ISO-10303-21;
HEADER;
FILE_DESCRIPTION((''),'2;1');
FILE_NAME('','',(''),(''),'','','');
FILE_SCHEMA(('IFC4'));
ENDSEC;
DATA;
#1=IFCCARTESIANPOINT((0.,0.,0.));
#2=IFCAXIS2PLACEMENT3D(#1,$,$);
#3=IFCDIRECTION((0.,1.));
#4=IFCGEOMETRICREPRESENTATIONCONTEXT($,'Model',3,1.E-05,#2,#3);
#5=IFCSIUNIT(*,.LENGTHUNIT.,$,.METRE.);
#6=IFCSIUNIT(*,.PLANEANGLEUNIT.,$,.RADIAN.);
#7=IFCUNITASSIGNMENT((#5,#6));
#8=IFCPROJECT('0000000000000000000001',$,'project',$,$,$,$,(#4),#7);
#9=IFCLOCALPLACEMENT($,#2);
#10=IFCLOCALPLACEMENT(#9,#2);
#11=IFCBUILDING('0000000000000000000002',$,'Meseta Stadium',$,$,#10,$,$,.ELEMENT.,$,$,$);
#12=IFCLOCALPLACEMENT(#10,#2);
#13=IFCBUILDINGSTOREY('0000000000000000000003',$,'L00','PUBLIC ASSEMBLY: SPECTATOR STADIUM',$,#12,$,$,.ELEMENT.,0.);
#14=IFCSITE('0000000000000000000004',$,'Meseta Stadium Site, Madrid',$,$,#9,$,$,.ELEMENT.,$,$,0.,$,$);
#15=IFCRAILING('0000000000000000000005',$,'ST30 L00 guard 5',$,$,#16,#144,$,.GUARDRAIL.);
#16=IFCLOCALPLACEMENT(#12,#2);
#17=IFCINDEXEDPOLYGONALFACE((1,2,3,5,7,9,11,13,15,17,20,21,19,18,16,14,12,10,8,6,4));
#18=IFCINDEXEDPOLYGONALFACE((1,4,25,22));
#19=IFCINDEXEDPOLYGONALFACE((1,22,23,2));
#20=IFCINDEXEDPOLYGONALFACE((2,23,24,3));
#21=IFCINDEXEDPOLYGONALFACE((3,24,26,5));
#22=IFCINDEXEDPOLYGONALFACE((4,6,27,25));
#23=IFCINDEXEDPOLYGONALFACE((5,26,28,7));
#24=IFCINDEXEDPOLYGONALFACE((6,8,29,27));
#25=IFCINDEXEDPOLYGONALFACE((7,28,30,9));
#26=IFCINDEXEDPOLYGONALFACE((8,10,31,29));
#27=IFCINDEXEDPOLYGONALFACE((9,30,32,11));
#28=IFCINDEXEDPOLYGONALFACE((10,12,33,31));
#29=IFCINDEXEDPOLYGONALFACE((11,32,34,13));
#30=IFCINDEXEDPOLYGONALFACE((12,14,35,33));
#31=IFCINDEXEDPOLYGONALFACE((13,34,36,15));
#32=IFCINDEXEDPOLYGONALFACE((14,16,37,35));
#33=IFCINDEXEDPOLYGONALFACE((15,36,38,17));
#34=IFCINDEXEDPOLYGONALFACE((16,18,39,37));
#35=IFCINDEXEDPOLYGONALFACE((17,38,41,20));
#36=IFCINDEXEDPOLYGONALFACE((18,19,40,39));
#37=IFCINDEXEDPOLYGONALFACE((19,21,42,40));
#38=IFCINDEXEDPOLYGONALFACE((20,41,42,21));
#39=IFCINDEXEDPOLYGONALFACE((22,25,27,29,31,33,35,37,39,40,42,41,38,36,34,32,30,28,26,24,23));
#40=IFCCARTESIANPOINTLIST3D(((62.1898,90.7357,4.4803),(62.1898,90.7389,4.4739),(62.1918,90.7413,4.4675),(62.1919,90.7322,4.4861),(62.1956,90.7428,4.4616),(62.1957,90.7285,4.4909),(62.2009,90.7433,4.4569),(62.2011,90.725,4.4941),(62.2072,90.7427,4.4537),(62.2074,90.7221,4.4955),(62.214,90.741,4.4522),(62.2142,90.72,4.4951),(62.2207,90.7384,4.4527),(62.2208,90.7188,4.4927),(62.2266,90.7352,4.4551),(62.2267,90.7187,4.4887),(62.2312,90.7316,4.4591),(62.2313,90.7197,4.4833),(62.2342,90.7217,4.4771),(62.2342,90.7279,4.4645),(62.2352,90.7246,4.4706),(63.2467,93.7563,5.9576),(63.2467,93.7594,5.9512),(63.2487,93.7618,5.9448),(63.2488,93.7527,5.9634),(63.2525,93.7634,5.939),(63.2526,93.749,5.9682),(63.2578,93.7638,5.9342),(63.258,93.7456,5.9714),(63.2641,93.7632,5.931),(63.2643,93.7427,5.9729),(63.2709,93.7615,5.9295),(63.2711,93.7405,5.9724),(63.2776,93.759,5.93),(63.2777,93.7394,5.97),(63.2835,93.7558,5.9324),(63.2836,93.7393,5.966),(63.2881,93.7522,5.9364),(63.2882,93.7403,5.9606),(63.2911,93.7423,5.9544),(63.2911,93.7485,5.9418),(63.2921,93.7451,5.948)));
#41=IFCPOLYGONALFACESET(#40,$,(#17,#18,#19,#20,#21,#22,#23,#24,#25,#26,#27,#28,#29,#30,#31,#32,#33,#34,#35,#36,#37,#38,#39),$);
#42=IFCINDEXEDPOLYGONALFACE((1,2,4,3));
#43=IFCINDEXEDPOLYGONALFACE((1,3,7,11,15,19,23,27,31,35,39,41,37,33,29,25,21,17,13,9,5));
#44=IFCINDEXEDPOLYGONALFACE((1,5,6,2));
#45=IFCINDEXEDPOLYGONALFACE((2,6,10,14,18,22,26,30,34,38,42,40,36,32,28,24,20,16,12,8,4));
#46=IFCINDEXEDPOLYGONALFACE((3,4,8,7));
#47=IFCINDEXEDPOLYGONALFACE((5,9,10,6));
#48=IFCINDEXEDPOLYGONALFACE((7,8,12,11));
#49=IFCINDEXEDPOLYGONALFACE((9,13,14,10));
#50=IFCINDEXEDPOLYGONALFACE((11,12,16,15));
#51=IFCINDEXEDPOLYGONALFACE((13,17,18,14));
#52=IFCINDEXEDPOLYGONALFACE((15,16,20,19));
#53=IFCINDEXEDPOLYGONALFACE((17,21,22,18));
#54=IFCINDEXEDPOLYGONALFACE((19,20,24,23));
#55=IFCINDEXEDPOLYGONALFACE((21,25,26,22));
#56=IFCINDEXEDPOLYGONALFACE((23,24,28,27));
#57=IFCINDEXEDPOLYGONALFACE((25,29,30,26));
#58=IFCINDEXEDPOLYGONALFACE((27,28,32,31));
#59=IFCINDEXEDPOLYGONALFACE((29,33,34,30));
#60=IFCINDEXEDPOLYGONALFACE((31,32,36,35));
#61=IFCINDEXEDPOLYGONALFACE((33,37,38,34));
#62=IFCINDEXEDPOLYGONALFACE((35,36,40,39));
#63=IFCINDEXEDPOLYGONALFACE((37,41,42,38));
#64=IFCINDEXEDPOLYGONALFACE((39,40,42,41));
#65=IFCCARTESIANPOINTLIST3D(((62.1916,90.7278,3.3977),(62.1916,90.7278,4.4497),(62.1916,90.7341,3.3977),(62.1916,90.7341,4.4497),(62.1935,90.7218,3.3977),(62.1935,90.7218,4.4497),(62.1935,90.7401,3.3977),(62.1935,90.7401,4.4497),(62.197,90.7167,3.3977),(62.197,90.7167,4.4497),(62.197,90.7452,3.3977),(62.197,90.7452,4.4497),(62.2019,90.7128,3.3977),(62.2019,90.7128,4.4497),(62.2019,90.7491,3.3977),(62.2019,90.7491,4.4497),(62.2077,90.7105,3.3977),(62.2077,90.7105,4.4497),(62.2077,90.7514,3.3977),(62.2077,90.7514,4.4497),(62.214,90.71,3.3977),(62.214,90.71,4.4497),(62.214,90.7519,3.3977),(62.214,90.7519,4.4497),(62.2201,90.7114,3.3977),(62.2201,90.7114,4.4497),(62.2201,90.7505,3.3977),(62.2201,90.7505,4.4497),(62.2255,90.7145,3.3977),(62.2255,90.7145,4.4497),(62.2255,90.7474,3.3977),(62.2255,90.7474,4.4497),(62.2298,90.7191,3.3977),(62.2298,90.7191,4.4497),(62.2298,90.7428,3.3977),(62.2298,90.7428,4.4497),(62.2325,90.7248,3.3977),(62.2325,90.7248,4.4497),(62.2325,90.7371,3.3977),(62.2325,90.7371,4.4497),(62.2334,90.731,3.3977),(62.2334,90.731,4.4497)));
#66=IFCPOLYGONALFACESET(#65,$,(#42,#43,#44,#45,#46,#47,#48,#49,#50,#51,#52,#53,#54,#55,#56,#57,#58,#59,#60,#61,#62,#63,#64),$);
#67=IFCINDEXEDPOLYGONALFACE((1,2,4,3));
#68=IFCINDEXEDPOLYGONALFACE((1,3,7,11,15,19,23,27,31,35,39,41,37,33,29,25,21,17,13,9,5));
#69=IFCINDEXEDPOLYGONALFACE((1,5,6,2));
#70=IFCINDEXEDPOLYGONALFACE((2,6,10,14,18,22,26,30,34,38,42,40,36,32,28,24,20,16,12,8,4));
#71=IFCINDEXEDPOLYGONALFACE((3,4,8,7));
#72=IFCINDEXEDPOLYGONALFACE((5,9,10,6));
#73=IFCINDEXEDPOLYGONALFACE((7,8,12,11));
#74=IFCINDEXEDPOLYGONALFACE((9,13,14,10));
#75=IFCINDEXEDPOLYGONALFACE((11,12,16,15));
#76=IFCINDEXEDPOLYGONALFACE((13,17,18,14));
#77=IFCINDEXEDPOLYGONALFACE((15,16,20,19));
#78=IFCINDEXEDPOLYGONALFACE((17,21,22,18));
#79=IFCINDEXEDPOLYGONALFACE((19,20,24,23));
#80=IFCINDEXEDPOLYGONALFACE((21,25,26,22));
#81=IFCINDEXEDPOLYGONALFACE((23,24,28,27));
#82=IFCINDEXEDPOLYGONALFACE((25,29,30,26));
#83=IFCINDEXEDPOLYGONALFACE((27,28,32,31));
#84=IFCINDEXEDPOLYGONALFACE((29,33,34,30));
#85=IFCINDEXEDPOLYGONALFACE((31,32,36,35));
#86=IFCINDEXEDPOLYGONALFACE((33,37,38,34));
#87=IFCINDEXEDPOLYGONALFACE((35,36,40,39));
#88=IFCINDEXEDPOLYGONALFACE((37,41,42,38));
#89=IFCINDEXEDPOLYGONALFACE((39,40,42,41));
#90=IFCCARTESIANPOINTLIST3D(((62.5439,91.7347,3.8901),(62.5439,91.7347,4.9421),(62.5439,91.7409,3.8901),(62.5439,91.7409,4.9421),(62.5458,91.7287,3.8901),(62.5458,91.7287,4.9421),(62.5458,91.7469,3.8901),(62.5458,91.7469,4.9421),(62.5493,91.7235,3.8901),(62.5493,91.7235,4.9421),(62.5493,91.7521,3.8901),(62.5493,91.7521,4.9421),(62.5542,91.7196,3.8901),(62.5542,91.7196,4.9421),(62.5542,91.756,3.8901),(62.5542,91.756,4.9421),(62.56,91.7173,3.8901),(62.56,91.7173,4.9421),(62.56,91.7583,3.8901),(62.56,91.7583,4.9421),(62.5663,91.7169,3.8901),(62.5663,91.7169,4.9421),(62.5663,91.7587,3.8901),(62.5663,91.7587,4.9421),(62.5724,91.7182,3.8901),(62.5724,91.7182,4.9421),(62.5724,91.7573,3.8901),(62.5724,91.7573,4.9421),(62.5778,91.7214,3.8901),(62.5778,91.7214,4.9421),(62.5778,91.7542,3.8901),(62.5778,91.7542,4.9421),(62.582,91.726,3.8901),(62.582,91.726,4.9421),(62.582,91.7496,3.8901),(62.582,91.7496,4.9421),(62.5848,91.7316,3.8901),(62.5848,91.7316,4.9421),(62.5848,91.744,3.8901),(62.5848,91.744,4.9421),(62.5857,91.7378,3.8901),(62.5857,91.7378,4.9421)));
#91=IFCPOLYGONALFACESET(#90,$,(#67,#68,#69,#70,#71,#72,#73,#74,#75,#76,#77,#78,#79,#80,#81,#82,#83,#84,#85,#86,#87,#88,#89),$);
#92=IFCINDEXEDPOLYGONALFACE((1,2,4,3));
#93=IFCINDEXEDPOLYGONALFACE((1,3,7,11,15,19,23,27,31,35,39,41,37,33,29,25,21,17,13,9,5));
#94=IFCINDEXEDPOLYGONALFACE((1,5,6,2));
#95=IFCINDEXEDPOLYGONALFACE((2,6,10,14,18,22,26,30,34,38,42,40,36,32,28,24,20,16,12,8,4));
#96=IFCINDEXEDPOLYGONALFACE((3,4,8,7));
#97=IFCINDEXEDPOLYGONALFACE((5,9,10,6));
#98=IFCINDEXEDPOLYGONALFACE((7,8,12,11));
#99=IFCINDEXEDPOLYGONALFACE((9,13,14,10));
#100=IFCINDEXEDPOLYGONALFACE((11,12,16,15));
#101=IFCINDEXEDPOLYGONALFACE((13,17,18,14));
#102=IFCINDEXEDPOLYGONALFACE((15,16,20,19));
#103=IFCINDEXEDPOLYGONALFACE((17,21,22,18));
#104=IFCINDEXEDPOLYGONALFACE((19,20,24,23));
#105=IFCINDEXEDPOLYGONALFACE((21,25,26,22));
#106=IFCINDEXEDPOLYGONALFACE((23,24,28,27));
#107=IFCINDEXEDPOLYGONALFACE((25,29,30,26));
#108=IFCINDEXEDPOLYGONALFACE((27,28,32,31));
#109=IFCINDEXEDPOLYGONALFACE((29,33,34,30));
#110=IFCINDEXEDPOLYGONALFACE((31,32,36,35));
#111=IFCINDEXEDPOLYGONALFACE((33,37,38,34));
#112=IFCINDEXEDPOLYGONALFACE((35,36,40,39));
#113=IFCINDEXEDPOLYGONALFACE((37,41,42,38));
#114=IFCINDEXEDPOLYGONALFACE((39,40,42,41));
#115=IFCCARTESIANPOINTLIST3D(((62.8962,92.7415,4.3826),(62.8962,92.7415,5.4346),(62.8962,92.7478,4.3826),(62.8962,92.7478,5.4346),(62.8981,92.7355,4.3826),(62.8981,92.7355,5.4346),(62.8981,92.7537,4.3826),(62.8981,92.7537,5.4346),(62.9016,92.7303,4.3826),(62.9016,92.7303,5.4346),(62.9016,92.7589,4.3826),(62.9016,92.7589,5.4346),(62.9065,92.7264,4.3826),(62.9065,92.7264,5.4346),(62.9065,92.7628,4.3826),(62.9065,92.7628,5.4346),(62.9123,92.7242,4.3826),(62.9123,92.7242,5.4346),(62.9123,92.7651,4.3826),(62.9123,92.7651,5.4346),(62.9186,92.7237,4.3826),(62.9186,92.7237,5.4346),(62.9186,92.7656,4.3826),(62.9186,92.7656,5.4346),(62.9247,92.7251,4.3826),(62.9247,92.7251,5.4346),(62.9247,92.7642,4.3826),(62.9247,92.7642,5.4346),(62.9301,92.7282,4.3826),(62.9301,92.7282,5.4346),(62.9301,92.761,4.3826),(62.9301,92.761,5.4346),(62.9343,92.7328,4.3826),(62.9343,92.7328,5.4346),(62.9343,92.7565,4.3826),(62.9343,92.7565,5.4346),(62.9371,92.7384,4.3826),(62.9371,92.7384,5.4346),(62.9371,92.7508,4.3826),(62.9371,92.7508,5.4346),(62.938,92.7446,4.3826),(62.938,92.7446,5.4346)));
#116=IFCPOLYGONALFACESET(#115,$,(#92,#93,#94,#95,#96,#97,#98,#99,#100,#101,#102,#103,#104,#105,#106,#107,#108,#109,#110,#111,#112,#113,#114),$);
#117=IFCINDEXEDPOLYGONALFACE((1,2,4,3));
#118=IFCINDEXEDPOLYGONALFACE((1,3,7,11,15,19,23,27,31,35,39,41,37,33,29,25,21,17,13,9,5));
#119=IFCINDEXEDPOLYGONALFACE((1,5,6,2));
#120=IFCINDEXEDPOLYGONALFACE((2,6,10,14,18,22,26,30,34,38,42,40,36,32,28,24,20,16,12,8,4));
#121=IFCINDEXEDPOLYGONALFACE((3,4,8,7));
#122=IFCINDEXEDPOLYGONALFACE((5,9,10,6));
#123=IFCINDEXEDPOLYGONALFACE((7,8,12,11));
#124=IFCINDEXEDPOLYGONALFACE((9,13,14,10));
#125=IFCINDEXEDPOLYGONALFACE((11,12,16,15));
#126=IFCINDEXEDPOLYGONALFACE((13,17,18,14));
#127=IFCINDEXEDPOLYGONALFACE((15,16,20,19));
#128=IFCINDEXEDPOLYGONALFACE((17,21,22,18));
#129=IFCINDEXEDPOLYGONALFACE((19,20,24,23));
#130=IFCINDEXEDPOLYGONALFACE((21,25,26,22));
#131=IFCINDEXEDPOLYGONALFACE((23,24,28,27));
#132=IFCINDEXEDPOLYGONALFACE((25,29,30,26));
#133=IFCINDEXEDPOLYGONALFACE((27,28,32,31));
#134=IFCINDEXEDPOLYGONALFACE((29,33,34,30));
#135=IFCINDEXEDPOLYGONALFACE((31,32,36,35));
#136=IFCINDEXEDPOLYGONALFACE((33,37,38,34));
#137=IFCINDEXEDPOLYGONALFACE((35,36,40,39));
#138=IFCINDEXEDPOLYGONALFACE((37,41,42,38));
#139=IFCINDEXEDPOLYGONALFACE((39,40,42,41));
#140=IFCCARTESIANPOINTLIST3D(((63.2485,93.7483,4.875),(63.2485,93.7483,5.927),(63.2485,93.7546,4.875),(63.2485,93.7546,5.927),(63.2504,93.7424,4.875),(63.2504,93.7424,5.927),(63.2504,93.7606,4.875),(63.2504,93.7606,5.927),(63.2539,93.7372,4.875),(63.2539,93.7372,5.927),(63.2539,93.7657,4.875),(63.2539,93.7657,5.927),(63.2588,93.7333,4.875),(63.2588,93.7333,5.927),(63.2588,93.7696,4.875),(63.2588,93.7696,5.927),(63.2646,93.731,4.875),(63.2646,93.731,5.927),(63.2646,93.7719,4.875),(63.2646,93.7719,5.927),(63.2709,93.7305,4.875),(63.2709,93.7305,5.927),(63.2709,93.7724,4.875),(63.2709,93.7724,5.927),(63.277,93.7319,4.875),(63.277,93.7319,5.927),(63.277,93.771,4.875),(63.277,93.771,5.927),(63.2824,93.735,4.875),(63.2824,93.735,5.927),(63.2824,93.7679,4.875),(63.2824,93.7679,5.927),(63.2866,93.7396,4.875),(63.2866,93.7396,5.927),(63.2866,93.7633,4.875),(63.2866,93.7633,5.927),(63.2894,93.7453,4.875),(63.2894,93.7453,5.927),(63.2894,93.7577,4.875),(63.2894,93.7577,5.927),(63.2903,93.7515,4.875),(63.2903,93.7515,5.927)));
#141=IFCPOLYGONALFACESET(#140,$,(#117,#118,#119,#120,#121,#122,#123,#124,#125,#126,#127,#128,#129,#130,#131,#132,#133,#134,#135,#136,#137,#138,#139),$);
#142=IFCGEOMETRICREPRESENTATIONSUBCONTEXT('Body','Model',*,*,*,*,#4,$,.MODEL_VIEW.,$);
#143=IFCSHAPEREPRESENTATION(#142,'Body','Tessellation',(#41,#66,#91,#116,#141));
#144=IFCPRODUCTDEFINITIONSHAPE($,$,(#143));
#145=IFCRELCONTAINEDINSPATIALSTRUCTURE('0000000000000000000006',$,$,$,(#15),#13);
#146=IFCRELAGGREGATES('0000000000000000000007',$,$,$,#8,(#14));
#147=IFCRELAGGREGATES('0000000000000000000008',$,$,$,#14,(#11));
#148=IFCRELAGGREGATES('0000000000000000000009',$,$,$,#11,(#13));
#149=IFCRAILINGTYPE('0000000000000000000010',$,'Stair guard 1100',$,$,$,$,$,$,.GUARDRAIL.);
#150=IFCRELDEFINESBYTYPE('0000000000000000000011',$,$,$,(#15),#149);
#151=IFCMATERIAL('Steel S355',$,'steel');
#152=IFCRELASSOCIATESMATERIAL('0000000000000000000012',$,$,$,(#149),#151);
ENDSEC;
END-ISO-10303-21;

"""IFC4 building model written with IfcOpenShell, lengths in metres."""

from ifc_helpers import new_model, si_unit, direction, frame, origin, origin_2d, place, context, subcontext, project, spatial, circle, extrude, material, type_object, element, save


model = new_model("IFC4")

# Units and contexts
model_context = context("Model", 3, precision=1e-05, world=origin(), true_north=direction((0.0, 1.0)))
body_context = subcontext(model_context, "Body", "Model", "MODEL_VIEW")
ifc_project = project(units=[si_unit("LENGTHUNIT", "METRE"), si_unit("PLANEANGLEUNIT", "RADIAN")], contexts=[model_context])

# Site, building, storey
site_placement = place(None, origin())
site = spatial("IfcSite", under=ifc_project, at=site_placement, Name="Meseta Stadium Site, Madrid", CompositionType="ELEMENT", RefElevation=0.0)
building_placement = place(site_placement, origin())
building = spatial("IfcBuilding", under=site, at=building_placement, Name="Meseta Stadium", CompositionType="ELEMENT")
storey_placement = place(building_placement, origin())
storey = spatial("IfcBuildingStorey", under=building, at=storey_placement, Name="L00", Description="PUBLIC ASSEMBLY: SPECTATOR STADIUM", CompositionType="ELEMENT", Elevation=0.0)

# Railing
ifc_material_1 = material(Name="Steel S355", Category="steel")
railing_type_1 = type_object("IfcRailingType", Name="Stair guard 1100", PredefinedType="GUARDRAIL", material=ifc_material_1)
railing_1_placement = place(storey_placement, frame((62.2124, 90.731, 3.3977)))
element("IfcRailing", 1, at=railing_1_placement, inside=storey, type_object=railing_type_1, Name="ST30 L00 guard 5", PredefinedType="GUARDRAIL", context=body_context, shape_type="SweptSolid", body=[
    extrude(circle(Radius=0.0239, at=origin_2d()), frame((0.0, 0.0, 1.0762), z_axis=(0.299859, 0.856977, 0.419137), x_axis=(-0.943887, 0.330269, 0.0)), (0.0, 0.0, 1.0), 3.5247),
    extrude(circle(Radius=0.021, at=origin_2d()), origin(), (0.0, 0.0, 1.0), 1.052),
    extrude(circle(Radius=0.021, at=origin_2d()), frame((0.3523, 1.0068, 0.4924)), (0.0, 0.0, 1.0), 1.052),
    extrude(circle(Radius=0.021, at=origin_2d()), frame((0.7046, 2.0137, 0.9849)), (0.0, 0.0, 1.0), 1.052),
    extrude(circle(Radius=0.021, at=origin_2d()), frame((1.0569, 3.0205, 1.4773)), (0.0, 0.0, 1.0), 1.052),
])

save(model, "model.ifc")
